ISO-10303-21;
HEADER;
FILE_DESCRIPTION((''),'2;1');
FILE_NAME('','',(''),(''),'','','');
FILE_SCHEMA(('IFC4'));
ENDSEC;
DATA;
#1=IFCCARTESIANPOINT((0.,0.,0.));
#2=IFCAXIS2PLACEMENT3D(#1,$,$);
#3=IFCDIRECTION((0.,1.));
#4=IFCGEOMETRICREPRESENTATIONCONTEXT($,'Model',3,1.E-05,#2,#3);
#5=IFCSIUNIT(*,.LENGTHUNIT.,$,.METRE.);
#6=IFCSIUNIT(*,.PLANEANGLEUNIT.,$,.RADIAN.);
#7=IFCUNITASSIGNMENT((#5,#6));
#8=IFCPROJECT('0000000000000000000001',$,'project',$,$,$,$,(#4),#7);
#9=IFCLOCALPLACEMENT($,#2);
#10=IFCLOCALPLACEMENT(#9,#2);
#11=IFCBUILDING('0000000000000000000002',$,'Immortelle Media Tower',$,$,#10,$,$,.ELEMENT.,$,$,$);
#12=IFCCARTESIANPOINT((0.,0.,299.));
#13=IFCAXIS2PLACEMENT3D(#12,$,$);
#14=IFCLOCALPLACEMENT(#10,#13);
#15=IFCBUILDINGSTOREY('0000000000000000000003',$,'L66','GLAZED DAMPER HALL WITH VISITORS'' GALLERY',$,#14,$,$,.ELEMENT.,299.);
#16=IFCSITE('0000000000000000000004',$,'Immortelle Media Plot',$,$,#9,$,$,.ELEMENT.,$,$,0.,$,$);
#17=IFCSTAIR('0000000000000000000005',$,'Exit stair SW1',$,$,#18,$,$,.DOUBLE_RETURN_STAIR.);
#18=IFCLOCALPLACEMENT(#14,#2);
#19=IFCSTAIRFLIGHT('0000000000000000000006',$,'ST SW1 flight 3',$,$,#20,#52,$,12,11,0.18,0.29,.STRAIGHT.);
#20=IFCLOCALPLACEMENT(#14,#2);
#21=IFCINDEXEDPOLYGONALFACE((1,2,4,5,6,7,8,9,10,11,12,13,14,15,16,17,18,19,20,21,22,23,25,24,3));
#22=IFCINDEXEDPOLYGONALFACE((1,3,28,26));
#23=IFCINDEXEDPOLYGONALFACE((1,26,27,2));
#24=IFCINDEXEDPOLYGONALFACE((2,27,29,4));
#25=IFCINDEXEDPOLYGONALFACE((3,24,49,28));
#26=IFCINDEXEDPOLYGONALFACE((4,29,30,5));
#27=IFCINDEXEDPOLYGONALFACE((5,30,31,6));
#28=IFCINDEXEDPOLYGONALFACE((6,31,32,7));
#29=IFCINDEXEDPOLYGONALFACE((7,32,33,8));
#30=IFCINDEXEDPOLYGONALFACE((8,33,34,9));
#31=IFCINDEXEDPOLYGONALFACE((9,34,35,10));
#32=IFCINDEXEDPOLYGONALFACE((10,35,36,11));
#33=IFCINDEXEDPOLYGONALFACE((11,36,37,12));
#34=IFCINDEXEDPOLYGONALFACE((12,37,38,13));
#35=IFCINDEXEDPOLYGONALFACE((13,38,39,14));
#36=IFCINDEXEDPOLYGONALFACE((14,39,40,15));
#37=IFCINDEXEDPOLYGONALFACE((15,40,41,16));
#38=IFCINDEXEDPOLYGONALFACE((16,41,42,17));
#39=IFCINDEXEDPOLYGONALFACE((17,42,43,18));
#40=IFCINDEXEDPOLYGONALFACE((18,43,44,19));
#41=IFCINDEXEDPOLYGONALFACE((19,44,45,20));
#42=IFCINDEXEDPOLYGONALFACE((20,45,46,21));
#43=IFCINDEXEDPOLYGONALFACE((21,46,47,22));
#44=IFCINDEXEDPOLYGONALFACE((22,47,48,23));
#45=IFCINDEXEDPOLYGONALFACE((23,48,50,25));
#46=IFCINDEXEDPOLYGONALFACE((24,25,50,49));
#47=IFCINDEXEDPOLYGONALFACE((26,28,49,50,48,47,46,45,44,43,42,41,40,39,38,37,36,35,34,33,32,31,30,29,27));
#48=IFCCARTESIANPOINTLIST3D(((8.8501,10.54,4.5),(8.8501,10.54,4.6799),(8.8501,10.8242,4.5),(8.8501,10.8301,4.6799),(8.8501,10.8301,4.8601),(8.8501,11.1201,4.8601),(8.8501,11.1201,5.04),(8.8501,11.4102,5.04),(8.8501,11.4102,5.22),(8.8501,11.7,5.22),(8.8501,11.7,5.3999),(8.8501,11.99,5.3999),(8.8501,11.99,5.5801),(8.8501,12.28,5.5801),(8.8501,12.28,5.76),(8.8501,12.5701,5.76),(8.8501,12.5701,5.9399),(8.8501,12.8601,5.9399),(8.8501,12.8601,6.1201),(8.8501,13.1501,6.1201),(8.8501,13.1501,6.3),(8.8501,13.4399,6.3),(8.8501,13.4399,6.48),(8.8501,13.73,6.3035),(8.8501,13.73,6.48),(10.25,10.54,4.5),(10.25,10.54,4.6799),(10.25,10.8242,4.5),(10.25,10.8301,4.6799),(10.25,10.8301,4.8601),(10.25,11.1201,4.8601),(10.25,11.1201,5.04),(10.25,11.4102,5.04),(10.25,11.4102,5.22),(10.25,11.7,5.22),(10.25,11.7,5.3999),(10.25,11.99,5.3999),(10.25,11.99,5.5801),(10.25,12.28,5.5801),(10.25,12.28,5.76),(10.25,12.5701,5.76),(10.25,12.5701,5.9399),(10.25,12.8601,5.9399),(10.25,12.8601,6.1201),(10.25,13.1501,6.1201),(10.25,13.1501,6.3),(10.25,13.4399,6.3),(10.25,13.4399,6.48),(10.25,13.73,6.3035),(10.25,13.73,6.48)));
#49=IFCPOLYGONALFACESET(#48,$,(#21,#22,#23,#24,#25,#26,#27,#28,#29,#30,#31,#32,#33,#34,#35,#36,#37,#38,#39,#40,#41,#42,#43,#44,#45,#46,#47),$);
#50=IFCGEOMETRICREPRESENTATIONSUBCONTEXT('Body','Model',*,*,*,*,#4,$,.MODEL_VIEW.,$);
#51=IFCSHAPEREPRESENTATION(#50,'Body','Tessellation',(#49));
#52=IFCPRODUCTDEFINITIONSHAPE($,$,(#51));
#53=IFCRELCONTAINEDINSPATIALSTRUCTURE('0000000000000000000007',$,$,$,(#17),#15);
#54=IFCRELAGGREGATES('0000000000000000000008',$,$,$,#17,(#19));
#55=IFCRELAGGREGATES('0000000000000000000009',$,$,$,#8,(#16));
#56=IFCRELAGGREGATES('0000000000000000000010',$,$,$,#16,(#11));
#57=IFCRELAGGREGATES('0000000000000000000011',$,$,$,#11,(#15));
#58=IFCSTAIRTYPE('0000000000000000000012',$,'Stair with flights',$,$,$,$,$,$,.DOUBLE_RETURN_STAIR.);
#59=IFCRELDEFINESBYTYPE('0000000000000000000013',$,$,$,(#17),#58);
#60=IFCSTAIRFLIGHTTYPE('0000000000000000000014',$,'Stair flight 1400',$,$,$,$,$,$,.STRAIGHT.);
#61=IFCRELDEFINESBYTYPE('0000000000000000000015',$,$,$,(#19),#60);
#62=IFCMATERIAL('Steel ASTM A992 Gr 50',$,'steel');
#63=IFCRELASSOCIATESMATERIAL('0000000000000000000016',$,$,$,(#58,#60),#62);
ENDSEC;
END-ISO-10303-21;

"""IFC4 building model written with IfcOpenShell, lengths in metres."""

from ifc_helpers import new_model, si_unit, direction, frame, origin, place, context, subcontext, project, spatial, polyline, outline, extrude, material, type_object, element, aggregate, save


model = new_model("IFC4")

# Units and contexts
model_context = context("Model", 3, precision=1e-05, world=origin(), true_north=direction((0.0, 1.0)))
body_context = subcontext(model_context, "Body", "Model", "MODEL_VIEW")
ifc_project = project(units=[si_unit("LENGTHUNIT", "METRE"), si_unit("PLANEANGLEUNIT", "RADIAN")], contexts=[model_context])

# Site, building, storey
site_placement = place(None, origin())
site = spatial("IfcSite", under=ifc_project, at=site_placement, Name="Immortelle Media Plot", CompositionType="ELEMENT", RefElevation=0.0)
building_placement = place(site_placement, origin())
building = spatial("IfcBuilding", under=site, at=building_placement, Name="Immortelle Media Tower", CompositionType="ELEMENT")
storey_placement = place(building_placement, frame((0.0, 0.0, 299.0)))
storey = spatial("IfcBuildingStorey", under=building, at=storey_placement, Name="L66", Description="GLAZED DAMPER HALL WITH VISITORS' GALLERY", CompositionType="ELEMENT", Elevation=299.0)

# Shared definitions
ifc_material_1 = material(Name="Steel ASTM A992 Gr 50", Category="steel")

# Stair, stair flight
stair_type = type_object("IfcStairType", Name="Stair with flights", PredefinedType="DOUBLE_RETURN_STAIR", material=ifc_material_1)
stair_placement = place(storey_placement, origin())
stair = element("IfcStair", 1, at=stair_placement, inside=storey, type_object=stair_type, Name="Exit stair SW1", PredefinedType="DOUBLE_RETURN_STAIR")
stair_flight_type = type_object("IfcStairFlightType", Name="Stair flight 1400", PredefinedType="STRAIGHT", material=ifc_material_1)
stair_flight_1_placement = place(storey_placement, frame((9.55, 10.54, 4.5), z_axis=(0.0, 0.0, 1.0), x_axis=(0.0, 1.0, 0.0)))
stair_flight_1 = element("IfcStairFlight", 2, at=stair_flight_1_placement, type_object=stair_flight_type, Name="ST SW1 flight 3", NumberOfRisers=12, NumberOfTreads=11, PredefinedType="STRAIGHT", RiserHeight=0.18, TreadLength=0.29, context=body_context, shape_type="SweptSolid", body=[
    extrude(outline(polyline([(0.0, 0.0), (0.0, 0.1799), (0.29, 0.1799), (0.29, 0.3601), (0.5801, 0.3601), (0.5801, 0.54), (0.8701, 0.54), (0.8701, 0.72), (1.1599, 0.72), (1.1599, 0.8999), (1.45, 0.8999), (1.45, 1.0801), (1.74, 1.0801), (1.74, 1.26), (2.03, 1.26), (2.03, 1.4399), (2.3201, 1.4399), (2.3201, 1.6201), (2.6101, 1.6201), (2.6101, 1.8), (2.8999, 1.8), (2.8999, 1.98), (3.1899, 1.98), (3.1899, 2.1599), (3.1899, 1.8035), (0.2842, 0.0), (0.0, 0.0)])), frame((0.0, 0.7, 0.0), z_axis=(0.0, -1.0, 0.0), x_axis=(1.0, 0.0, 0.0)), (0.0, 0.0, 1.0), 1.3999),
])
aggregate(stair, [stair_flight_1])

save(model, "model.ifc")
